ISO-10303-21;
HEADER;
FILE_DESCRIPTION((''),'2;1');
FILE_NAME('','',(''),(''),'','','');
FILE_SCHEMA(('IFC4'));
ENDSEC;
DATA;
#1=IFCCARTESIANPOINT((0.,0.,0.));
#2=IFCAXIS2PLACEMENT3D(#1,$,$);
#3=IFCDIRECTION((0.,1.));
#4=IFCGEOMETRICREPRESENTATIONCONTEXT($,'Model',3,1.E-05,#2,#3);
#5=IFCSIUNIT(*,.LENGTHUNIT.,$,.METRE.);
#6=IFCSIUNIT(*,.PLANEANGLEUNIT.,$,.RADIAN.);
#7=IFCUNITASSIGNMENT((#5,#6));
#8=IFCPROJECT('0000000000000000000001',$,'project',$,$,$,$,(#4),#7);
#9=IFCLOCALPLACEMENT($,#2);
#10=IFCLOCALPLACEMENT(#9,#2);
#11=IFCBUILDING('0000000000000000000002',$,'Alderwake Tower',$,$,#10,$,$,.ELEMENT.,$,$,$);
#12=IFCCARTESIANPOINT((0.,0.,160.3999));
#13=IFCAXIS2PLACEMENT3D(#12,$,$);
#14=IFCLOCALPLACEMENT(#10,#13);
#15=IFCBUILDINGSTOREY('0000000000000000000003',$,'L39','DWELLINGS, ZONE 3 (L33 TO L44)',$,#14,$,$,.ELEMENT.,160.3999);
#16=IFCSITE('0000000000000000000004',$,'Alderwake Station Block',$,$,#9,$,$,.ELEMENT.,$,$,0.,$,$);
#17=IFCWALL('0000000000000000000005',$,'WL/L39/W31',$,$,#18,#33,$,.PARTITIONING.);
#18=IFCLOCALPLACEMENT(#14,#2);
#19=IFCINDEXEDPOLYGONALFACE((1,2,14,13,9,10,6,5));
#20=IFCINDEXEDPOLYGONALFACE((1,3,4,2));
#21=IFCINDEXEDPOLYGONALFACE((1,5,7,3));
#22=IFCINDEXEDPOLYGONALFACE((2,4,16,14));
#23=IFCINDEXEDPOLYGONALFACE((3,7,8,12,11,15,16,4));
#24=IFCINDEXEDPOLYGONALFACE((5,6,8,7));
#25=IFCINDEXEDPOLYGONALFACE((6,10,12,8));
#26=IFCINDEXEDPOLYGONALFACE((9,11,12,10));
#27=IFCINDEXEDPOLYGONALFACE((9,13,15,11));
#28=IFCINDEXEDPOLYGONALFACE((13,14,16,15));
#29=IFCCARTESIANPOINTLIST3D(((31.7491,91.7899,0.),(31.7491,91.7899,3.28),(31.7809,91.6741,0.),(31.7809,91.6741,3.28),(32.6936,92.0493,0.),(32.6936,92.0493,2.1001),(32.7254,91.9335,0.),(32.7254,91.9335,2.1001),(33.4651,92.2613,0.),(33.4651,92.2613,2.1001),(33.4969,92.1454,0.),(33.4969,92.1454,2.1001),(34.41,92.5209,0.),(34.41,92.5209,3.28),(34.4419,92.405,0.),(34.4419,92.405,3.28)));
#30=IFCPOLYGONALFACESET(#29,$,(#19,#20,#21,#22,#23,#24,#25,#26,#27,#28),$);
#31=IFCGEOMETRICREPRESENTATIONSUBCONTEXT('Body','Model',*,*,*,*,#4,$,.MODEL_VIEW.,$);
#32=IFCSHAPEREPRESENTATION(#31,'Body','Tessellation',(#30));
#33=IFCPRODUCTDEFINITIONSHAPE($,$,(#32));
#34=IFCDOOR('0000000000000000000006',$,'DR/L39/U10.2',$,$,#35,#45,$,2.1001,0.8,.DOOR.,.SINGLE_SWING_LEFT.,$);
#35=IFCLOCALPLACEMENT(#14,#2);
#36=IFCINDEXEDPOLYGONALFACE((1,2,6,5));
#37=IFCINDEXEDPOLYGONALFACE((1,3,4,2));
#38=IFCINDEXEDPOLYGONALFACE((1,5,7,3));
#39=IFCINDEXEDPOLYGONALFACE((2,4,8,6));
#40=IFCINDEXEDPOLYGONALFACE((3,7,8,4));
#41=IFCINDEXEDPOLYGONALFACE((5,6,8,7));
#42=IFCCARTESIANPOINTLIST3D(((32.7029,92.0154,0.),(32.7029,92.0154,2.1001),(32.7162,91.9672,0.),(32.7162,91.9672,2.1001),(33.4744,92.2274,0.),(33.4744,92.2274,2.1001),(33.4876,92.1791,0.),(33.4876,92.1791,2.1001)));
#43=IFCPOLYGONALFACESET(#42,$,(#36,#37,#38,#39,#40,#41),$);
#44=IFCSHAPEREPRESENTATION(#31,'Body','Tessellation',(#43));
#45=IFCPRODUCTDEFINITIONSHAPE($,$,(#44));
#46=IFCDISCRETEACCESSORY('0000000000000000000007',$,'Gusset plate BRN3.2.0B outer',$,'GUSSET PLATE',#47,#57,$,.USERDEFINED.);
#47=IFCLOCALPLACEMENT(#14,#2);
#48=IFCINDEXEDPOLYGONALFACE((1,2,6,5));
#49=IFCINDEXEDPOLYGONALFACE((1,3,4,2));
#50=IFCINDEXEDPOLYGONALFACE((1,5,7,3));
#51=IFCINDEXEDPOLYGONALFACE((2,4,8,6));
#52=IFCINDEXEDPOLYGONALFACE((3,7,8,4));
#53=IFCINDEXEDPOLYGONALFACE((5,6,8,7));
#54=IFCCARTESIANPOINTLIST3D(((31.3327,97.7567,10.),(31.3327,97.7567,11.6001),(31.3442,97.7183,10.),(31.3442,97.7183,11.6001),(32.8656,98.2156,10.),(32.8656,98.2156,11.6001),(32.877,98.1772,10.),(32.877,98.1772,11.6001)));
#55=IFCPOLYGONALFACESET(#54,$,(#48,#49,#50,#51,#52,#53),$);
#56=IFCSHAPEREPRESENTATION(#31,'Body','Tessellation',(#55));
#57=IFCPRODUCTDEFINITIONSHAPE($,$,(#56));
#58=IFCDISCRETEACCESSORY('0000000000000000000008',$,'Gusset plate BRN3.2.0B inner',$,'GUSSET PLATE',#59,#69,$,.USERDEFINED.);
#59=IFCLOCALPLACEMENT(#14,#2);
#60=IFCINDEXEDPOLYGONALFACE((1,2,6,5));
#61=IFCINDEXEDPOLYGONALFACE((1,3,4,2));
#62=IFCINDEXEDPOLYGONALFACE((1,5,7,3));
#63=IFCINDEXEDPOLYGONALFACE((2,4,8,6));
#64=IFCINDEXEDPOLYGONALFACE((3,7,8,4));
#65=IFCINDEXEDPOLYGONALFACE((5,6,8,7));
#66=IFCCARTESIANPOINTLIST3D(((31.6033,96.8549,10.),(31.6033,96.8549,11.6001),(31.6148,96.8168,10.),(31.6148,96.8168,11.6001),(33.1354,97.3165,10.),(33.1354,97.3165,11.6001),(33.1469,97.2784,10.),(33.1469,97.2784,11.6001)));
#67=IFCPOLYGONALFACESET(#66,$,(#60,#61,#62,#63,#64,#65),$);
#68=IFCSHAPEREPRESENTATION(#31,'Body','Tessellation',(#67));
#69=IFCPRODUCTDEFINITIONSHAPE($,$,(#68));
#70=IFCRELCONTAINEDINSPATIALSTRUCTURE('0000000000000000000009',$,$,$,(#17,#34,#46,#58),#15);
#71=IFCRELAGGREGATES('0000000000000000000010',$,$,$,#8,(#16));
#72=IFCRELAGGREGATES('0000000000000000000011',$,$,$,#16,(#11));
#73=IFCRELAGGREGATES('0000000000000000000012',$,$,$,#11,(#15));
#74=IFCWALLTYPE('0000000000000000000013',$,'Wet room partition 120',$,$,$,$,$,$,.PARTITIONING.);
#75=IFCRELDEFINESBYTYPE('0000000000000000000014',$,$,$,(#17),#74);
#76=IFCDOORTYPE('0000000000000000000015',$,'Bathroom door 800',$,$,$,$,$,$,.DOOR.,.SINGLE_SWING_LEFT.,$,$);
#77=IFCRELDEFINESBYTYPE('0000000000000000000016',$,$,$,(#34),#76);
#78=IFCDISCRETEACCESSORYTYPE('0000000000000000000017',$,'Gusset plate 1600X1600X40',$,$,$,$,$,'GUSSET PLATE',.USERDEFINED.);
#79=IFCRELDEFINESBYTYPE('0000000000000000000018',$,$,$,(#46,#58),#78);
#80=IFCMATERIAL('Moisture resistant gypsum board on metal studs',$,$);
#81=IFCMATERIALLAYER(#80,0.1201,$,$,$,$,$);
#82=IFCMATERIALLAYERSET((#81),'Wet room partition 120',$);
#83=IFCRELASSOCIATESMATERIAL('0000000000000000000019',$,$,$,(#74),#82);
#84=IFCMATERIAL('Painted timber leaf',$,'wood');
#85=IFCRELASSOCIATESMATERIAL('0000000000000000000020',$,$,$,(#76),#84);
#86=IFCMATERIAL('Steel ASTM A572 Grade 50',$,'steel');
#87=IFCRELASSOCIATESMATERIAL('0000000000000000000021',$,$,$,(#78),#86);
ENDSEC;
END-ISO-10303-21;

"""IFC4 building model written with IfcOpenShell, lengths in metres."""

from ifc_helpers import new_model, si_unit, direction, frame, frame_2d, origin, origin_2d, place, context, subcontext, project, spatial, rectangle, extrude, material, layer, layer_set, material_profile, profile_set, type_object, element, fill, save


model = new_model("IFC4")

# Units and contexts
model_context = context("Model", 3, precision=1e-05, world=origin(), true_north=direction((0.0, 1.0)))
body_context = subcontext(model_context, "Body", "Model", "MODEL_VIEW")
ifc_project = project(units=[si_unit("LENGTHUNIT", "METRE"), si_unit("PLANEANGLEUNIT", "RADIAN")], contexts=[model_context])

# Site, building, storey
site_placement = place(None, origin())
site = spatial("IfcSite", under=ifc_project, at=site_placement, Name="Alderwake Station Block", CompositionType="ELEMENT", RefElevation=0.0)
building_placement = place(site_placement, origin())
building = spatial("IfcBuilding", under=site, at=building_placement, Name="Alderwake Tower", CompositionType="ELEMENT")
storey_placement = place(building_placement, frame((0.0, 0.0, 160.3999)))
storey = spatial("IfcBuildingStorey", under=building, at=storey_placement, Name="L39", Description="DWELLINGS, ZONE 3 (L33 TO L44)", CompositionType="ELEMENT", Elevation=160.3999)

# Shared definitions
ifc_material_1 = material(Name="Moisture resistant gypsum board on metal studs")
ifc_layer_1 = layer(ifc_material_1, 0.1201)
ifc_layer_set_1 = layer_set([ifc_layer_1], Name="Wet room partition 120")
wall_type_1 = type_object("IfcWallType", Name="Wet room partition 120", PredefinedType="PARTITIONING", material=ifc_layer_set_1)

# Wall, opening, door
wall_1_placement = place(storey_placement, frame((31.7649, 91.7319, 0.0), z_axis=(0.0, 0.0, 1.0), x_axis=(0.964278, 0.264891, 0.0)))
wall_1 = element("IfcWall", 1, at=wall_1_placement, inside=storey, type_object=wall_type_1, Name="WL/L39/W31", PredefinedType="PARTITIONING", context=body_context, shape_type="SweptSolid", body=[
    extrude(rectangle(XDim=2.7595, YDim=0.1201, at=frame_2d((1.3799, 0.0))), origin(), (0.0, 0.0, 1.0), 3.28),
])
opening_1_placement = place(wall_1_placement, frame((0.9797, 0.0, 0.0)))
opening_1 = element("IfcOpeningElement", 2, at=opening_1_placement, cuts=wall_1, PredefinedType="OPENING", context=body_context, shape_type="SweptSolid", body=[
    extrude(rectangle(XDim=0.8, YDim=2.1001, at=frame_2d((0.3999, 1.05))), frame((0.0, 0.0701, 0.0), z_axis=(0.0, -1.0, 0.0), x_axis=(1.0, 0.0, 0.0)), (0.0, 0.0, 1.0), 0.1401),
])
ifc_material_2 = material(Name="Painted timber leaf", Category="wood")
door_type_1 = type_object("IfcDoorType", Name="Bathroom door 800", OperationType="SINGLE_SWING_LEFT", PredefinedType="DOOR", material=ifc_material_2)
door_1_placement = place(opening_1_placement, origin())
door_1 = element("IfcDoor", 3, at=door_1_placement, inside=storey, type_object=door_type_1, Name="DR/L39/U10.2", OperationType="SINGLE_SWING_LEFT", OverallHeight=2.1001, OverallWidth=0.8, PredefinedType="DOOR", context=body_context, shape_type="SweptSolid", body=[
    extrude(rectangle(XDim=0.8, YDim=2.1001, at=frame_2d((0.3999, 1.05))), frame((0.0, 0.0249, 0.0), z_axis=(0.0, -1.0, 0.0), x_axis=(1.0, 0.0, 0.0)), (0.0, 0.0, 1.0), 0.05),
])
fill(opening_1, door_1)

# Discrete accessories
ifc_material_3 = material(Name="Steel ASTM A572 Grade 50", Category="steel")
ifc_material_profile_1 = material_profile(ifc_material_3, rectangle(XDim=1.6001, YDim=1.6001, at=origin_2d()), Name="gusset 1600X1600")
ifc_profile_set_1 = profile_set([ifc_material_profile_1], Name="Steel ASTM A572 Grade 50")
discrete_accessory_type = type_object("IfcDiscreteAccessoryType", Name="Gusset plate 1600X1600X40", ElementType="GUSSET PLATE", PredefinedType="USERDEFINED", material=ifc_profile_set_1)
discrete_accessory_1_placement = place(storey_placement, frame((32.1106, 97.9478, 10.8), z_axis=(-0.286788, 0.957994, 0.0), x_axis=(-0.957994, -0.286788, 0.0)))
element("IfcDiscreteAccessory", 4, at=discrete_accessory_1_placement, inside=storey, type_object=discrete_accessory_type, Name="Gusset plate BRN3.2.0B outer", ObjectType="GUSSET PLATE", PredefinedType="USERDEFINED", context=body_context, shape_type="SweptSolid", body=[
    extrude(rectangle(XDim=1.6001, YDim=1.6001, at=origin_2d()), origin(), (0.0, 0.0, 1.0), 0.04),
])
discrete_accessory_2_placement = place(storey_placement, frame((32.3694, 97.0857, 10.8), z_axis=(0.288474, -0.957488, 0.0), x_axis=(0.957488, 0.288474, 0.0)))
element("IfcDiscreteAccessory", 5, at=discrete_accessory_2_placement, inside=storey, type_object=discrete_accessory_type, Name="Gusset plate BRN3.2.0B inner", ObjectType="GUSSET PLATE", PredefinedType="USERDEFINED", context=body_context, shape_type="SweptSolid", body=[
    extrude(rectangle(XDim=1.6001, YDim=1.6001, at=origin_2d()), origin(), (0.0, 0.0, 1.0), 0.0398),
])

save(model, "model.ifc")
